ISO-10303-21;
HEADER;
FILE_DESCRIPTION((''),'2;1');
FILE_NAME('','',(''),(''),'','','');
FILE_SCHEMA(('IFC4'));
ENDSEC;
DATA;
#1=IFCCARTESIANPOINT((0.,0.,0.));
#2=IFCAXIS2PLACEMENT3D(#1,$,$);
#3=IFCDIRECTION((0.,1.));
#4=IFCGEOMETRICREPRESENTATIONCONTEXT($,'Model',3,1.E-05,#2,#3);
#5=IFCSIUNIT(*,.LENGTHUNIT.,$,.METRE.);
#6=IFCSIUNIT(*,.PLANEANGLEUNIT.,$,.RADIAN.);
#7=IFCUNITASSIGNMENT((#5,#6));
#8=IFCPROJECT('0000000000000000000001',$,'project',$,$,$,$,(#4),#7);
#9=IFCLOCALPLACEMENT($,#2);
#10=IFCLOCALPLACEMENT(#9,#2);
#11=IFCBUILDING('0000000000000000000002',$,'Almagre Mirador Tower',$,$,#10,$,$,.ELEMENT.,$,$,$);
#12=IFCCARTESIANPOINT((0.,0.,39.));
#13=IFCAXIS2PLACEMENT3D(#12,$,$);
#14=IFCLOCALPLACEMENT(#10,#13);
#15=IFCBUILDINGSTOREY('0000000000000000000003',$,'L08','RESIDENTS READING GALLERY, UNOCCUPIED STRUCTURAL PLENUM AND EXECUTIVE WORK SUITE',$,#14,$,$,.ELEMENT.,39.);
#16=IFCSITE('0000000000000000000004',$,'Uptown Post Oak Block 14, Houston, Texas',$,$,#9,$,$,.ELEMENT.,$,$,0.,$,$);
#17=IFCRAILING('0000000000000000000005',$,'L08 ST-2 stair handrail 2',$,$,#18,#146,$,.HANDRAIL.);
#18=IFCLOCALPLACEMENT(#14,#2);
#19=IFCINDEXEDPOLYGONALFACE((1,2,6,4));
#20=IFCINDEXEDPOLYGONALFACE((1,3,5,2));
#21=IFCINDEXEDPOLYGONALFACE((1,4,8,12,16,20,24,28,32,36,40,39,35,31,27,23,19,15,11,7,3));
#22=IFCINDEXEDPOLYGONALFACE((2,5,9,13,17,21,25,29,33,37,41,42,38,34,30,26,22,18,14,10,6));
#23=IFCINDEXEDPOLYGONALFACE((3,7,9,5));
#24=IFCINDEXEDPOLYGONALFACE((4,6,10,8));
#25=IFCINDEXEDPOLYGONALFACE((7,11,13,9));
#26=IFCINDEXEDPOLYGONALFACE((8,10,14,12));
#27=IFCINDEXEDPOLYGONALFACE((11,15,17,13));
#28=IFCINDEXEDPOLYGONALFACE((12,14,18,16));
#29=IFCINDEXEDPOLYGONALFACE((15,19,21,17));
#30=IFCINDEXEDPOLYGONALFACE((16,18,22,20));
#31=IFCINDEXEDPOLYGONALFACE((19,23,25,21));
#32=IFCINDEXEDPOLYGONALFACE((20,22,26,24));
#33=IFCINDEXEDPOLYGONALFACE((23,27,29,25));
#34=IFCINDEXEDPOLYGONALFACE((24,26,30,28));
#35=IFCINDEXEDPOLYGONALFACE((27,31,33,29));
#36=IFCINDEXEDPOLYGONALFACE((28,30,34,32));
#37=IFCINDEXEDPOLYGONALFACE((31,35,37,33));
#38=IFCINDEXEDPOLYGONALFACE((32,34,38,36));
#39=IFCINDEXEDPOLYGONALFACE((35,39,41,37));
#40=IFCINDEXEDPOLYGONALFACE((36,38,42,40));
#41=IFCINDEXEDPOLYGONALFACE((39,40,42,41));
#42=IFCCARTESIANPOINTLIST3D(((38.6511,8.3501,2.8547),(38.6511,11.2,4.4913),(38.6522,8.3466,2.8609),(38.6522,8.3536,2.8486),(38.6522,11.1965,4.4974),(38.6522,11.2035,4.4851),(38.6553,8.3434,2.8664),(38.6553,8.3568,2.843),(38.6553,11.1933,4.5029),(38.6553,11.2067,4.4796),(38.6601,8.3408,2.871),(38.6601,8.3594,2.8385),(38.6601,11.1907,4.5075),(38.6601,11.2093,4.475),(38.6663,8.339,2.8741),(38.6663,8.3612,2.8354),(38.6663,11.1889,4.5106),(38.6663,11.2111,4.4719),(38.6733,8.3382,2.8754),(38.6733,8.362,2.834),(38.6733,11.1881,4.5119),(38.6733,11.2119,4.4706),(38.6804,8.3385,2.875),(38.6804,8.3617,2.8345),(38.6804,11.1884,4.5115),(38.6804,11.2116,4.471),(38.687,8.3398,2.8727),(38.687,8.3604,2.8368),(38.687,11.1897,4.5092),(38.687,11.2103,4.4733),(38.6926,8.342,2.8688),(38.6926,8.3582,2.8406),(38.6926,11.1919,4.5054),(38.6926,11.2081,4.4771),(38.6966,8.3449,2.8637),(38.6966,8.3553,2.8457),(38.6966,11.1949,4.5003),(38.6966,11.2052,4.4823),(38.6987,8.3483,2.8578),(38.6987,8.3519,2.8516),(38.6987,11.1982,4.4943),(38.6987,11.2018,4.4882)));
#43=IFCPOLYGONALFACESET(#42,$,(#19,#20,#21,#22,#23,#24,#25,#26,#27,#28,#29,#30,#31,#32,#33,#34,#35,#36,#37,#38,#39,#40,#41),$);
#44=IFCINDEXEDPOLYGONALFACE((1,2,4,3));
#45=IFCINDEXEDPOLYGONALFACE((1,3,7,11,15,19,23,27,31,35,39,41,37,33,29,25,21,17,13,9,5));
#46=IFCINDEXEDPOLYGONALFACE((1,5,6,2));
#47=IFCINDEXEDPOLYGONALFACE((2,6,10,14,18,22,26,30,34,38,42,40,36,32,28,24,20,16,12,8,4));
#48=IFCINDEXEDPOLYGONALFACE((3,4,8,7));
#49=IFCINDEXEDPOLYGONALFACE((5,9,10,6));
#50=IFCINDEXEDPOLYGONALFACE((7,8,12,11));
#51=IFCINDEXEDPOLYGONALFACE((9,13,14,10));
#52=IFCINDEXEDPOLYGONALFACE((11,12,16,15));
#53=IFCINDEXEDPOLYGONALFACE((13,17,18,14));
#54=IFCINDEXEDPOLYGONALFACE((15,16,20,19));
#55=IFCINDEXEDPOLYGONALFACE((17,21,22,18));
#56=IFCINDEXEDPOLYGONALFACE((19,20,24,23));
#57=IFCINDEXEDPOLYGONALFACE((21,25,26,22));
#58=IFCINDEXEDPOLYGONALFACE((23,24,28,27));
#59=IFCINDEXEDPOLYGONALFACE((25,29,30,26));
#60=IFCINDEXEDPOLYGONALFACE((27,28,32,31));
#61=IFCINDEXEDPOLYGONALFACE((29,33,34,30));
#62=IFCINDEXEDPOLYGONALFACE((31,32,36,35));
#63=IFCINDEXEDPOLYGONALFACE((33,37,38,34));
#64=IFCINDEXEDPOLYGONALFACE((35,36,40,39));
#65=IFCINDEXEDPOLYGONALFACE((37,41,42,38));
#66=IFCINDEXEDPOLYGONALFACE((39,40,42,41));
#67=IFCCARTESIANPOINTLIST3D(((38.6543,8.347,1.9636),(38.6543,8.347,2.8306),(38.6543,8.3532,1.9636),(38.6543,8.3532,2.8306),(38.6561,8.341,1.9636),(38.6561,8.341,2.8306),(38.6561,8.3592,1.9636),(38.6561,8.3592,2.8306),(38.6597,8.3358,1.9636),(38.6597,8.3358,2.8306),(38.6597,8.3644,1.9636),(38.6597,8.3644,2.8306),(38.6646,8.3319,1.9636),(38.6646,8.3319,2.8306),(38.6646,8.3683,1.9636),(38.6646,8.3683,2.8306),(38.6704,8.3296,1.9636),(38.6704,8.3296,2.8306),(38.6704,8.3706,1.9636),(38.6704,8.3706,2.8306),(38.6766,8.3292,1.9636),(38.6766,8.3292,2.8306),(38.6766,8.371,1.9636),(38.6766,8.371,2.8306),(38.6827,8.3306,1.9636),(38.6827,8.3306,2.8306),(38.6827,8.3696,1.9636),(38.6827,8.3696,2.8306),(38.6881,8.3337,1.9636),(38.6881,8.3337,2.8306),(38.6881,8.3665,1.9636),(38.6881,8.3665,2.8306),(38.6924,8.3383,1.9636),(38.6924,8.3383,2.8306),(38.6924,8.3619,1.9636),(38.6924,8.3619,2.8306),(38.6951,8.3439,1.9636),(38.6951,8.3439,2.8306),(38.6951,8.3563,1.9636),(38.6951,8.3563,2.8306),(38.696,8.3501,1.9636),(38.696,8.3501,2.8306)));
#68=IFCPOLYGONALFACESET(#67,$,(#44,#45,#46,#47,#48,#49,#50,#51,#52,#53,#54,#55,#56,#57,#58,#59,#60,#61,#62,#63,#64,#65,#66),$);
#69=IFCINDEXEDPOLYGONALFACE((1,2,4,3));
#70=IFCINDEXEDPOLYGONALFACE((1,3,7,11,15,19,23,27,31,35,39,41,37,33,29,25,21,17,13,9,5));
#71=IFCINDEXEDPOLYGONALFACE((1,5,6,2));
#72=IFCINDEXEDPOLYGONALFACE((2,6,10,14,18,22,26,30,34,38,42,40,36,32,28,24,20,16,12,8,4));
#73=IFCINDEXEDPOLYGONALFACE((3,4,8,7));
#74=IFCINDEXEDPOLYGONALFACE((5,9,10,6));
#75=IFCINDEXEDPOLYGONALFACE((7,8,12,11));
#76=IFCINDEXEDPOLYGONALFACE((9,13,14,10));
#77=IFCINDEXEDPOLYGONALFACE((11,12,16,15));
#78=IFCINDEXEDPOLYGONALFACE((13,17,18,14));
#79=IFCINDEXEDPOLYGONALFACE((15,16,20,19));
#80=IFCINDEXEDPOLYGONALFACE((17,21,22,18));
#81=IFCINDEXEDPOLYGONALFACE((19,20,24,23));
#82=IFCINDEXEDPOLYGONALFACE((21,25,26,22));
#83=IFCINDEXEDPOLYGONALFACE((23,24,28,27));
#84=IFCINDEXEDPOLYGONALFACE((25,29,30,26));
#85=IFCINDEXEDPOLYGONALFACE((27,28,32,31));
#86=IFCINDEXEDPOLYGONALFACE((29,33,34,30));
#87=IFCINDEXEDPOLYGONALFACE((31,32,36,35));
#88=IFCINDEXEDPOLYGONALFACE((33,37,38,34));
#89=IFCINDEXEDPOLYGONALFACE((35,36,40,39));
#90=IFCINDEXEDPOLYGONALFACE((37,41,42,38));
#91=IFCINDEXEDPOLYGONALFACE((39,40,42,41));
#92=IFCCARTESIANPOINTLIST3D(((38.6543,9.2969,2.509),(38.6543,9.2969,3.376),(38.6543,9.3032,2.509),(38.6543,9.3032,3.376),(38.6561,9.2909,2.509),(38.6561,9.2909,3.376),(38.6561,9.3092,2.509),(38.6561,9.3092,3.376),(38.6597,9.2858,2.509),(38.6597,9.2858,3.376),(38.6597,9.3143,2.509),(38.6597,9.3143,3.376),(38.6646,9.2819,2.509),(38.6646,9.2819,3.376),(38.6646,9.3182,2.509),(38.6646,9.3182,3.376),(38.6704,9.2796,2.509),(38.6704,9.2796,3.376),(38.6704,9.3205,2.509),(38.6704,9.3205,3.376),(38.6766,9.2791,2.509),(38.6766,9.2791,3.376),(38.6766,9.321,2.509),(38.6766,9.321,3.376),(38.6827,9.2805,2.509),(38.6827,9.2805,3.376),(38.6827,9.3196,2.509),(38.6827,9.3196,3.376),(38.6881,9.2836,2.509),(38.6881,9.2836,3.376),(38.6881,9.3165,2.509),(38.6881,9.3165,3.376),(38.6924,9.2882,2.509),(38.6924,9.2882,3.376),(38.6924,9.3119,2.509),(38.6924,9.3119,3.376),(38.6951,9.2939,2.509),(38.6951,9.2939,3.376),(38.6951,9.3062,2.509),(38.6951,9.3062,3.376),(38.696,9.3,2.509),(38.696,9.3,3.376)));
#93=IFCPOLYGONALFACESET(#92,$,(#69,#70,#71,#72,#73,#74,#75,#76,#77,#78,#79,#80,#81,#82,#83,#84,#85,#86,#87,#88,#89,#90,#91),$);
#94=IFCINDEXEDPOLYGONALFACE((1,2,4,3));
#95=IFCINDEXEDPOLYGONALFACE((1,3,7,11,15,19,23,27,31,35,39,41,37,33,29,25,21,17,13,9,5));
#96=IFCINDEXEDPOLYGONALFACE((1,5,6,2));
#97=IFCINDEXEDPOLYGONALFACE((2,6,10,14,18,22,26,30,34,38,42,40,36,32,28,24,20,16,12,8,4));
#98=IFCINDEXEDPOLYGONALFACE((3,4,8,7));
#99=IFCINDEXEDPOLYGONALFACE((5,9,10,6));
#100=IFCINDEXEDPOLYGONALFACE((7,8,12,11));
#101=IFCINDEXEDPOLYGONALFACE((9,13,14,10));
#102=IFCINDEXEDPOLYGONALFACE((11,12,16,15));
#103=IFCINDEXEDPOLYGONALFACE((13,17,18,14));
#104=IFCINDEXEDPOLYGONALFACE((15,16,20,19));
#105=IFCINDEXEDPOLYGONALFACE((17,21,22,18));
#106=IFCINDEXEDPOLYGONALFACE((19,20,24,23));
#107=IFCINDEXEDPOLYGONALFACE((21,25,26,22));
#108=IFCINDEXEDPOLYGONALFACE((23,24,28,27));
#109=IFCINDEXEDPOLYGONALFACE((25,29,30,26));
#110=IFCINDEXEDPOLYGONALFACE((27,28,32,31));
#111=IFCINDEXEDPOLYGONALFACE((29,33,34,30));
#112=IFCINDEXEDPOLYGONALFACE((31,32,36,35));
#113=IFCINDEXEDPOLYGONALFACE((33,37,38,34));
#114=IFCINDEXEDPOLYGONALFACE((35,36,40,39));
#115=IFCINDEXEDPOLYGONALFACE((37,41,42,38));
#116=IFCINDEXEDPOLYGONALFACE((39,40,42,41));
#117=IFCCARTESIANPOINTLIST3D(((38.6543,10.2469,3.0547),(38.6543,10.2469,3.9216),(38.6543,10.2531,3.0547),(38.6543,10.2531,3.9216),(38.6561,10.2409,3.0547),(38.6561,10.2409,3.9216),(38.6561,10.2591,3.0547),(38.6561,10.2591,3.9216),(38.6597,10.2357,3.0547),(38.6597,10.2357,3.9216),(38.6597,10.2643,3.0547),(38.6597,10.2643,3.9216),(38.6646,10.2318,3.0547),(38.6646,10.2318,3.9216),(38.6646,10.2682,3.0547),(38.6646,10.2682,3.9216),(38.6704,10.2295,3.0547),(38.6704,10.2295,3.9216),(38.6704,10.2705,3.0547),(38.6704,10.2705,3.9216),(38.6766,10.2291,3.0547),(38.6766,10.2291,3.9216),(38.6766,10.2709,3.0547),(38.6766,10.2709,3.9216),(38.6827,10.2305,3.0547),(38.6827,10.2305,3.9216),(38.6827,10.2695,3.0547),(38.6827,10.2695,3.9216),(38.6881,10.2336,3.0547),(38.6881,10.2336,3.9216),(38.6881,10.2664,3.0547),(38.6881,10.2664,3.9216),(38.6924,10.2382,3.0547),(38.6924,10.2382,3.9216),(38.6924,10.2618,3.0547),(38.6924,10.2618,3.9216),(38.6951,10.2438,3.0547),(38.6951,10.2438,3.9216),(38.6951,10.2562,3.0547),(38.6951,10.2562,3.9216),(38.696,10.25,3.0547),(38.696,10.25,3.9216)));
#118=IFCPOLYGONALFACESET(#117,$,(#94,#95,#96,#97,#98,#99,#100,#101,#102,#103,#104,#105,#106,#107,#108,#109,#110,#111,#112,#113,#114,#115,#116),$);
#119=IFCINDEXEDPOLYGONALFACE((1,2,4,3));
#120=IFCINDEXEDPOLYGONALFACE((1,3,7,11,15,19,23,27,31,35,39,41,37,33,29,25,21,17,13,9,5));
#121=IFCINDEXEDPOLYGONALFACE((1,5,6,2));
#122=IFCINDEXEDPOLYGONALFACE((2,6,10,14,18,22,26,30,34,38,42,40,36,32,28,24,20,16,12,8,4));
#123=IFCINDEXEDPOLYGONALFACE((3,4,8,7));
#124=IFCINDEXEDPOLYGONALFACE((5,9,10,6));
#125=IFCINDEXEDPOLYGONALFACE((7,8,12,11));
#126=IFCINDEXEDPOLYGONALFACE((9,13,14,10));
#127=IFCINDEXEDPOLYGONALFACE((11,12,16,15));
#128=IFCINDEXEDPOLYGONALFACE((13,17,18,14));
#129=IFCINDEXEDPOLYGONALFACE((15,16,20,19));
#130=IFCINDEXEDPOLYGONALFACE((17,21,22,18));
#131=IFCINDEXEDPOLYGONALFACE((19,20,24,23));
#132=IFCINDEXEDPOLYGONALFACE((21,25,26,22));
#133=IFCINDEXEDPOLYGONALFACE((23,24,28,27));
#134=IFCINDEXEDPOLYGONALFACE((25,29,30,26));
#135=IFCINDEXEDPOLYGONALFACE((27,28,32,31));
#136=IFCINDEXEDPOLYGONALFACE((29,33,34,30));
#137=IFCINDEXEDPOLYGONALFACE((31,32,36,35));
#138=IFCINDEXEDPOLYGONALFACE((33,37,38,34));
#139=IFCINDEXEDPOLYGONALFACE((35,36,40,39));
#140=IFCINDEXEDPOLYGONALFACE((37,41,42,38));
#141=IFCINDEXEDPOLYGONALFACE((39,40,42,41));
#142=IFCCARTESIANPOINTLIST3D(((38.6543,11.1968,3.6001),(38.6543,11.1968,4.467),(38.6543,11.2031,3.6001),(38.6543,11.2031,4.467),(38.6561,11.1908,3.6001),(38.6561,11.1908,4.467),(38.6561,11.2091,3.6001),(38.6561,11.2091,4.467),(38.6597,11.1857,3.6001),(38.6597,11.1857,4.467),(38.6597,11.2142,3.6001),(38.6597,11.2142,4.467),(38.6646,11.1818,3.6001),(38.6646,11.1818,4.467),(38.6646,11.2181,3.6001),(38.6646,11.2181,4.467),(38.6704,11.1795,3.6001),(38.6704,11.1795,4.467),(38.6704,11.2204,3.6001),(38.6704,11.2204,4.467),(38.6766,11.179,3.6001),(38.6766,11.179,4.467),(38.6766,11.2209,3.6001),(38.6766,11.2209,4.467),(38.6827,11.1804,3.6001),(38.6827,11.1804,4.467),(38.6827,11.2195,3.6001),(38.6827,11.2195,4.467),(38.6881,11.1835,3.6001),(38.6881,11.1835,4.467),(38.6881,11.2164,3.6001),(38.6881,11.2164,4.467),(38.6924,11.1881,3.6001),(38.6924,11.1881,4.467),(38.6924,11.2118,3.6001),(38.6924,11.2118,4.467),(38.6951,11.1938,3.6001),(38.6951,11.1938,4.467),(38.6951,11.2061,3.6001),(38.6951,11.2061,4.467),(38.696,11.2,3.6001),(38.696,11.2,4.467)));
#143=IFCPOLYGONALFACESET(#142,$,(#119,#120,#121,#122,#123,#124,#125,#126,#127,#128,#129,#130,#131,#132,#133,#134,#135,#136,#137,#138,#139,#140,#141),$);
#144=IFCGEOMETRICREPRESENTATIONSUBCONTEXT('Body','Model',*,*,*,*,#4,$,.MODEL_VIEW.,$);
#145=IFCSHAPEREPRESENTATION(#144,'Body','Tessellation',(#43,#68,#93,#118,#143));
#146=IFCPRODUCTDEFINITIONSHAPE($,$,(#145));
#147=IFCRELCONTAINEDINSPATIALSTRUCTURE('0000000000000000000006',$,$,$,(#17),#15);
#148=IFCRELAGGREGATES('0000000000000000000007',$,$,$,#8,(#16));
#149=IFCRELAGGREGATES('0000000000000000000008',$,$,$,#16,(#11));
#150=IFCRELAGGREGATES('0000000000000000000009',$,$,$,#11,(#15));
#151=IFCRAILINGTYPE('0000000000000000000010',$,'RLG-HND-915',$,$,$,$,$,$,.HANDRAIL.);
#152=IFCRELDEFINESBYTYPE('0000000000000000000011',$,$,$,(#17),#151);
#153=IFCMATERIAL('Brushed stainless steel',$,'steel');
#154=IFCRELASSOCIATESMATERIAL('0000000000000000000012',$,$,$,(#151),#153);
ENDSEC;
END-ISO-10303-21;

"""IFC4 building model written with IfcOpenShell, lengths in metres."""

from ifc_helpers import new_model, si_unit, direction, frame, origin, origin_2d, place, context, subcontext, project, spatial, circle, extrude, material, type_object, element, save


model = new_model("IFC4")

# Units and contexts
model_context = context("Model", 3, precision=1e-05, world=origin(), true_north=direction((0.0, 1.0)))
body_context = subcontext(model_context, "Body", "Model", "MODEL_VIEW")
ifc_project = project(units=[si_unit("LENGTHUNIT", "METRE"), si_unit("PLANEANGLEUNIT", "RADIAN")], contexts=[model_context])

# Site, building, storey
site_placement = place(None, origin())
site = spatial("IfcSite", under=ifc_project, at=site_placement, Name="Uptown Post Oak Block 14, Houston, Texas", CompositionType="ELEMENT", RefElevation=0.0)
building_placement = place(site_placement, origin())
building = spatial("IfcBuilding", under=site, at=building_placement, Name="Almagre Mirador Tower", CompositionType="ELEMENT")
storey_placement = place(building_placement, frame((0.0, 0.0, 39.0)))
storey = spatial("IfcBuildingStorey", under=building, at=storey_placement, Name="L08", Description="RESIDENTS READING GALLERY, UNOCCUPIED STRUCTURAL PLENUM AND EXECUTIVE WORK SUITE", CompositionType="ELEMENT", Elevation=39.0)

# Railing
ifc_material_1 = material(Name="Brushed stainless steel", Category="steel")
railing_type_1 = type_object("IfcRailingType", Name="RLG-HND-915", PredefinedType="HANDRAIL", material=ifc_material_1)
railing_1_placement = place(storey_placement, frame((38.675, 8.3501, 1.9636)))
element("IfcRailing", 1, at=railing_1_placement, inside=storey, type_object=railing_type_1, Name="L08 ST-2 stair handrail 2", PredefinedType="HANDRAIL", context=body_context, shape_type="SweptSolid", body=[
    extrude(circle(Radius=0.0239, at=origin_2d()), frame((0.0, 0.0, 0.8911), z_axis=(0.0, 0.867194, 0.49797), x_axis=(-1.0, 0.0, 0.0)), (0.0, 0.0, 1.0), 3.2864),
    extrude(circle(Radius=0.021, at=origin_2d()), origin(), (0.0, 0.0, 1.0), 0.8669),
    extrude(circle(Radius=0.021, at=origin_2d()), frame((0.0, 0.95, 0.5454)), (0.0, 0.0, 1.0), 0.8669),
    extrude(circle(Radius=0.021, at=origin_2d()), frame((0.0, 1.8999, 1.0911)), (0.0, 0.0, 1.0), 0.8669),
    extrude(circle(Radius=0.021, at=origin_2d()), frame((0.0, 2.8499, 1.6365)), (0.0, 0.0, 1.0), 0.8669),
])

save(model, "model.ifc")
